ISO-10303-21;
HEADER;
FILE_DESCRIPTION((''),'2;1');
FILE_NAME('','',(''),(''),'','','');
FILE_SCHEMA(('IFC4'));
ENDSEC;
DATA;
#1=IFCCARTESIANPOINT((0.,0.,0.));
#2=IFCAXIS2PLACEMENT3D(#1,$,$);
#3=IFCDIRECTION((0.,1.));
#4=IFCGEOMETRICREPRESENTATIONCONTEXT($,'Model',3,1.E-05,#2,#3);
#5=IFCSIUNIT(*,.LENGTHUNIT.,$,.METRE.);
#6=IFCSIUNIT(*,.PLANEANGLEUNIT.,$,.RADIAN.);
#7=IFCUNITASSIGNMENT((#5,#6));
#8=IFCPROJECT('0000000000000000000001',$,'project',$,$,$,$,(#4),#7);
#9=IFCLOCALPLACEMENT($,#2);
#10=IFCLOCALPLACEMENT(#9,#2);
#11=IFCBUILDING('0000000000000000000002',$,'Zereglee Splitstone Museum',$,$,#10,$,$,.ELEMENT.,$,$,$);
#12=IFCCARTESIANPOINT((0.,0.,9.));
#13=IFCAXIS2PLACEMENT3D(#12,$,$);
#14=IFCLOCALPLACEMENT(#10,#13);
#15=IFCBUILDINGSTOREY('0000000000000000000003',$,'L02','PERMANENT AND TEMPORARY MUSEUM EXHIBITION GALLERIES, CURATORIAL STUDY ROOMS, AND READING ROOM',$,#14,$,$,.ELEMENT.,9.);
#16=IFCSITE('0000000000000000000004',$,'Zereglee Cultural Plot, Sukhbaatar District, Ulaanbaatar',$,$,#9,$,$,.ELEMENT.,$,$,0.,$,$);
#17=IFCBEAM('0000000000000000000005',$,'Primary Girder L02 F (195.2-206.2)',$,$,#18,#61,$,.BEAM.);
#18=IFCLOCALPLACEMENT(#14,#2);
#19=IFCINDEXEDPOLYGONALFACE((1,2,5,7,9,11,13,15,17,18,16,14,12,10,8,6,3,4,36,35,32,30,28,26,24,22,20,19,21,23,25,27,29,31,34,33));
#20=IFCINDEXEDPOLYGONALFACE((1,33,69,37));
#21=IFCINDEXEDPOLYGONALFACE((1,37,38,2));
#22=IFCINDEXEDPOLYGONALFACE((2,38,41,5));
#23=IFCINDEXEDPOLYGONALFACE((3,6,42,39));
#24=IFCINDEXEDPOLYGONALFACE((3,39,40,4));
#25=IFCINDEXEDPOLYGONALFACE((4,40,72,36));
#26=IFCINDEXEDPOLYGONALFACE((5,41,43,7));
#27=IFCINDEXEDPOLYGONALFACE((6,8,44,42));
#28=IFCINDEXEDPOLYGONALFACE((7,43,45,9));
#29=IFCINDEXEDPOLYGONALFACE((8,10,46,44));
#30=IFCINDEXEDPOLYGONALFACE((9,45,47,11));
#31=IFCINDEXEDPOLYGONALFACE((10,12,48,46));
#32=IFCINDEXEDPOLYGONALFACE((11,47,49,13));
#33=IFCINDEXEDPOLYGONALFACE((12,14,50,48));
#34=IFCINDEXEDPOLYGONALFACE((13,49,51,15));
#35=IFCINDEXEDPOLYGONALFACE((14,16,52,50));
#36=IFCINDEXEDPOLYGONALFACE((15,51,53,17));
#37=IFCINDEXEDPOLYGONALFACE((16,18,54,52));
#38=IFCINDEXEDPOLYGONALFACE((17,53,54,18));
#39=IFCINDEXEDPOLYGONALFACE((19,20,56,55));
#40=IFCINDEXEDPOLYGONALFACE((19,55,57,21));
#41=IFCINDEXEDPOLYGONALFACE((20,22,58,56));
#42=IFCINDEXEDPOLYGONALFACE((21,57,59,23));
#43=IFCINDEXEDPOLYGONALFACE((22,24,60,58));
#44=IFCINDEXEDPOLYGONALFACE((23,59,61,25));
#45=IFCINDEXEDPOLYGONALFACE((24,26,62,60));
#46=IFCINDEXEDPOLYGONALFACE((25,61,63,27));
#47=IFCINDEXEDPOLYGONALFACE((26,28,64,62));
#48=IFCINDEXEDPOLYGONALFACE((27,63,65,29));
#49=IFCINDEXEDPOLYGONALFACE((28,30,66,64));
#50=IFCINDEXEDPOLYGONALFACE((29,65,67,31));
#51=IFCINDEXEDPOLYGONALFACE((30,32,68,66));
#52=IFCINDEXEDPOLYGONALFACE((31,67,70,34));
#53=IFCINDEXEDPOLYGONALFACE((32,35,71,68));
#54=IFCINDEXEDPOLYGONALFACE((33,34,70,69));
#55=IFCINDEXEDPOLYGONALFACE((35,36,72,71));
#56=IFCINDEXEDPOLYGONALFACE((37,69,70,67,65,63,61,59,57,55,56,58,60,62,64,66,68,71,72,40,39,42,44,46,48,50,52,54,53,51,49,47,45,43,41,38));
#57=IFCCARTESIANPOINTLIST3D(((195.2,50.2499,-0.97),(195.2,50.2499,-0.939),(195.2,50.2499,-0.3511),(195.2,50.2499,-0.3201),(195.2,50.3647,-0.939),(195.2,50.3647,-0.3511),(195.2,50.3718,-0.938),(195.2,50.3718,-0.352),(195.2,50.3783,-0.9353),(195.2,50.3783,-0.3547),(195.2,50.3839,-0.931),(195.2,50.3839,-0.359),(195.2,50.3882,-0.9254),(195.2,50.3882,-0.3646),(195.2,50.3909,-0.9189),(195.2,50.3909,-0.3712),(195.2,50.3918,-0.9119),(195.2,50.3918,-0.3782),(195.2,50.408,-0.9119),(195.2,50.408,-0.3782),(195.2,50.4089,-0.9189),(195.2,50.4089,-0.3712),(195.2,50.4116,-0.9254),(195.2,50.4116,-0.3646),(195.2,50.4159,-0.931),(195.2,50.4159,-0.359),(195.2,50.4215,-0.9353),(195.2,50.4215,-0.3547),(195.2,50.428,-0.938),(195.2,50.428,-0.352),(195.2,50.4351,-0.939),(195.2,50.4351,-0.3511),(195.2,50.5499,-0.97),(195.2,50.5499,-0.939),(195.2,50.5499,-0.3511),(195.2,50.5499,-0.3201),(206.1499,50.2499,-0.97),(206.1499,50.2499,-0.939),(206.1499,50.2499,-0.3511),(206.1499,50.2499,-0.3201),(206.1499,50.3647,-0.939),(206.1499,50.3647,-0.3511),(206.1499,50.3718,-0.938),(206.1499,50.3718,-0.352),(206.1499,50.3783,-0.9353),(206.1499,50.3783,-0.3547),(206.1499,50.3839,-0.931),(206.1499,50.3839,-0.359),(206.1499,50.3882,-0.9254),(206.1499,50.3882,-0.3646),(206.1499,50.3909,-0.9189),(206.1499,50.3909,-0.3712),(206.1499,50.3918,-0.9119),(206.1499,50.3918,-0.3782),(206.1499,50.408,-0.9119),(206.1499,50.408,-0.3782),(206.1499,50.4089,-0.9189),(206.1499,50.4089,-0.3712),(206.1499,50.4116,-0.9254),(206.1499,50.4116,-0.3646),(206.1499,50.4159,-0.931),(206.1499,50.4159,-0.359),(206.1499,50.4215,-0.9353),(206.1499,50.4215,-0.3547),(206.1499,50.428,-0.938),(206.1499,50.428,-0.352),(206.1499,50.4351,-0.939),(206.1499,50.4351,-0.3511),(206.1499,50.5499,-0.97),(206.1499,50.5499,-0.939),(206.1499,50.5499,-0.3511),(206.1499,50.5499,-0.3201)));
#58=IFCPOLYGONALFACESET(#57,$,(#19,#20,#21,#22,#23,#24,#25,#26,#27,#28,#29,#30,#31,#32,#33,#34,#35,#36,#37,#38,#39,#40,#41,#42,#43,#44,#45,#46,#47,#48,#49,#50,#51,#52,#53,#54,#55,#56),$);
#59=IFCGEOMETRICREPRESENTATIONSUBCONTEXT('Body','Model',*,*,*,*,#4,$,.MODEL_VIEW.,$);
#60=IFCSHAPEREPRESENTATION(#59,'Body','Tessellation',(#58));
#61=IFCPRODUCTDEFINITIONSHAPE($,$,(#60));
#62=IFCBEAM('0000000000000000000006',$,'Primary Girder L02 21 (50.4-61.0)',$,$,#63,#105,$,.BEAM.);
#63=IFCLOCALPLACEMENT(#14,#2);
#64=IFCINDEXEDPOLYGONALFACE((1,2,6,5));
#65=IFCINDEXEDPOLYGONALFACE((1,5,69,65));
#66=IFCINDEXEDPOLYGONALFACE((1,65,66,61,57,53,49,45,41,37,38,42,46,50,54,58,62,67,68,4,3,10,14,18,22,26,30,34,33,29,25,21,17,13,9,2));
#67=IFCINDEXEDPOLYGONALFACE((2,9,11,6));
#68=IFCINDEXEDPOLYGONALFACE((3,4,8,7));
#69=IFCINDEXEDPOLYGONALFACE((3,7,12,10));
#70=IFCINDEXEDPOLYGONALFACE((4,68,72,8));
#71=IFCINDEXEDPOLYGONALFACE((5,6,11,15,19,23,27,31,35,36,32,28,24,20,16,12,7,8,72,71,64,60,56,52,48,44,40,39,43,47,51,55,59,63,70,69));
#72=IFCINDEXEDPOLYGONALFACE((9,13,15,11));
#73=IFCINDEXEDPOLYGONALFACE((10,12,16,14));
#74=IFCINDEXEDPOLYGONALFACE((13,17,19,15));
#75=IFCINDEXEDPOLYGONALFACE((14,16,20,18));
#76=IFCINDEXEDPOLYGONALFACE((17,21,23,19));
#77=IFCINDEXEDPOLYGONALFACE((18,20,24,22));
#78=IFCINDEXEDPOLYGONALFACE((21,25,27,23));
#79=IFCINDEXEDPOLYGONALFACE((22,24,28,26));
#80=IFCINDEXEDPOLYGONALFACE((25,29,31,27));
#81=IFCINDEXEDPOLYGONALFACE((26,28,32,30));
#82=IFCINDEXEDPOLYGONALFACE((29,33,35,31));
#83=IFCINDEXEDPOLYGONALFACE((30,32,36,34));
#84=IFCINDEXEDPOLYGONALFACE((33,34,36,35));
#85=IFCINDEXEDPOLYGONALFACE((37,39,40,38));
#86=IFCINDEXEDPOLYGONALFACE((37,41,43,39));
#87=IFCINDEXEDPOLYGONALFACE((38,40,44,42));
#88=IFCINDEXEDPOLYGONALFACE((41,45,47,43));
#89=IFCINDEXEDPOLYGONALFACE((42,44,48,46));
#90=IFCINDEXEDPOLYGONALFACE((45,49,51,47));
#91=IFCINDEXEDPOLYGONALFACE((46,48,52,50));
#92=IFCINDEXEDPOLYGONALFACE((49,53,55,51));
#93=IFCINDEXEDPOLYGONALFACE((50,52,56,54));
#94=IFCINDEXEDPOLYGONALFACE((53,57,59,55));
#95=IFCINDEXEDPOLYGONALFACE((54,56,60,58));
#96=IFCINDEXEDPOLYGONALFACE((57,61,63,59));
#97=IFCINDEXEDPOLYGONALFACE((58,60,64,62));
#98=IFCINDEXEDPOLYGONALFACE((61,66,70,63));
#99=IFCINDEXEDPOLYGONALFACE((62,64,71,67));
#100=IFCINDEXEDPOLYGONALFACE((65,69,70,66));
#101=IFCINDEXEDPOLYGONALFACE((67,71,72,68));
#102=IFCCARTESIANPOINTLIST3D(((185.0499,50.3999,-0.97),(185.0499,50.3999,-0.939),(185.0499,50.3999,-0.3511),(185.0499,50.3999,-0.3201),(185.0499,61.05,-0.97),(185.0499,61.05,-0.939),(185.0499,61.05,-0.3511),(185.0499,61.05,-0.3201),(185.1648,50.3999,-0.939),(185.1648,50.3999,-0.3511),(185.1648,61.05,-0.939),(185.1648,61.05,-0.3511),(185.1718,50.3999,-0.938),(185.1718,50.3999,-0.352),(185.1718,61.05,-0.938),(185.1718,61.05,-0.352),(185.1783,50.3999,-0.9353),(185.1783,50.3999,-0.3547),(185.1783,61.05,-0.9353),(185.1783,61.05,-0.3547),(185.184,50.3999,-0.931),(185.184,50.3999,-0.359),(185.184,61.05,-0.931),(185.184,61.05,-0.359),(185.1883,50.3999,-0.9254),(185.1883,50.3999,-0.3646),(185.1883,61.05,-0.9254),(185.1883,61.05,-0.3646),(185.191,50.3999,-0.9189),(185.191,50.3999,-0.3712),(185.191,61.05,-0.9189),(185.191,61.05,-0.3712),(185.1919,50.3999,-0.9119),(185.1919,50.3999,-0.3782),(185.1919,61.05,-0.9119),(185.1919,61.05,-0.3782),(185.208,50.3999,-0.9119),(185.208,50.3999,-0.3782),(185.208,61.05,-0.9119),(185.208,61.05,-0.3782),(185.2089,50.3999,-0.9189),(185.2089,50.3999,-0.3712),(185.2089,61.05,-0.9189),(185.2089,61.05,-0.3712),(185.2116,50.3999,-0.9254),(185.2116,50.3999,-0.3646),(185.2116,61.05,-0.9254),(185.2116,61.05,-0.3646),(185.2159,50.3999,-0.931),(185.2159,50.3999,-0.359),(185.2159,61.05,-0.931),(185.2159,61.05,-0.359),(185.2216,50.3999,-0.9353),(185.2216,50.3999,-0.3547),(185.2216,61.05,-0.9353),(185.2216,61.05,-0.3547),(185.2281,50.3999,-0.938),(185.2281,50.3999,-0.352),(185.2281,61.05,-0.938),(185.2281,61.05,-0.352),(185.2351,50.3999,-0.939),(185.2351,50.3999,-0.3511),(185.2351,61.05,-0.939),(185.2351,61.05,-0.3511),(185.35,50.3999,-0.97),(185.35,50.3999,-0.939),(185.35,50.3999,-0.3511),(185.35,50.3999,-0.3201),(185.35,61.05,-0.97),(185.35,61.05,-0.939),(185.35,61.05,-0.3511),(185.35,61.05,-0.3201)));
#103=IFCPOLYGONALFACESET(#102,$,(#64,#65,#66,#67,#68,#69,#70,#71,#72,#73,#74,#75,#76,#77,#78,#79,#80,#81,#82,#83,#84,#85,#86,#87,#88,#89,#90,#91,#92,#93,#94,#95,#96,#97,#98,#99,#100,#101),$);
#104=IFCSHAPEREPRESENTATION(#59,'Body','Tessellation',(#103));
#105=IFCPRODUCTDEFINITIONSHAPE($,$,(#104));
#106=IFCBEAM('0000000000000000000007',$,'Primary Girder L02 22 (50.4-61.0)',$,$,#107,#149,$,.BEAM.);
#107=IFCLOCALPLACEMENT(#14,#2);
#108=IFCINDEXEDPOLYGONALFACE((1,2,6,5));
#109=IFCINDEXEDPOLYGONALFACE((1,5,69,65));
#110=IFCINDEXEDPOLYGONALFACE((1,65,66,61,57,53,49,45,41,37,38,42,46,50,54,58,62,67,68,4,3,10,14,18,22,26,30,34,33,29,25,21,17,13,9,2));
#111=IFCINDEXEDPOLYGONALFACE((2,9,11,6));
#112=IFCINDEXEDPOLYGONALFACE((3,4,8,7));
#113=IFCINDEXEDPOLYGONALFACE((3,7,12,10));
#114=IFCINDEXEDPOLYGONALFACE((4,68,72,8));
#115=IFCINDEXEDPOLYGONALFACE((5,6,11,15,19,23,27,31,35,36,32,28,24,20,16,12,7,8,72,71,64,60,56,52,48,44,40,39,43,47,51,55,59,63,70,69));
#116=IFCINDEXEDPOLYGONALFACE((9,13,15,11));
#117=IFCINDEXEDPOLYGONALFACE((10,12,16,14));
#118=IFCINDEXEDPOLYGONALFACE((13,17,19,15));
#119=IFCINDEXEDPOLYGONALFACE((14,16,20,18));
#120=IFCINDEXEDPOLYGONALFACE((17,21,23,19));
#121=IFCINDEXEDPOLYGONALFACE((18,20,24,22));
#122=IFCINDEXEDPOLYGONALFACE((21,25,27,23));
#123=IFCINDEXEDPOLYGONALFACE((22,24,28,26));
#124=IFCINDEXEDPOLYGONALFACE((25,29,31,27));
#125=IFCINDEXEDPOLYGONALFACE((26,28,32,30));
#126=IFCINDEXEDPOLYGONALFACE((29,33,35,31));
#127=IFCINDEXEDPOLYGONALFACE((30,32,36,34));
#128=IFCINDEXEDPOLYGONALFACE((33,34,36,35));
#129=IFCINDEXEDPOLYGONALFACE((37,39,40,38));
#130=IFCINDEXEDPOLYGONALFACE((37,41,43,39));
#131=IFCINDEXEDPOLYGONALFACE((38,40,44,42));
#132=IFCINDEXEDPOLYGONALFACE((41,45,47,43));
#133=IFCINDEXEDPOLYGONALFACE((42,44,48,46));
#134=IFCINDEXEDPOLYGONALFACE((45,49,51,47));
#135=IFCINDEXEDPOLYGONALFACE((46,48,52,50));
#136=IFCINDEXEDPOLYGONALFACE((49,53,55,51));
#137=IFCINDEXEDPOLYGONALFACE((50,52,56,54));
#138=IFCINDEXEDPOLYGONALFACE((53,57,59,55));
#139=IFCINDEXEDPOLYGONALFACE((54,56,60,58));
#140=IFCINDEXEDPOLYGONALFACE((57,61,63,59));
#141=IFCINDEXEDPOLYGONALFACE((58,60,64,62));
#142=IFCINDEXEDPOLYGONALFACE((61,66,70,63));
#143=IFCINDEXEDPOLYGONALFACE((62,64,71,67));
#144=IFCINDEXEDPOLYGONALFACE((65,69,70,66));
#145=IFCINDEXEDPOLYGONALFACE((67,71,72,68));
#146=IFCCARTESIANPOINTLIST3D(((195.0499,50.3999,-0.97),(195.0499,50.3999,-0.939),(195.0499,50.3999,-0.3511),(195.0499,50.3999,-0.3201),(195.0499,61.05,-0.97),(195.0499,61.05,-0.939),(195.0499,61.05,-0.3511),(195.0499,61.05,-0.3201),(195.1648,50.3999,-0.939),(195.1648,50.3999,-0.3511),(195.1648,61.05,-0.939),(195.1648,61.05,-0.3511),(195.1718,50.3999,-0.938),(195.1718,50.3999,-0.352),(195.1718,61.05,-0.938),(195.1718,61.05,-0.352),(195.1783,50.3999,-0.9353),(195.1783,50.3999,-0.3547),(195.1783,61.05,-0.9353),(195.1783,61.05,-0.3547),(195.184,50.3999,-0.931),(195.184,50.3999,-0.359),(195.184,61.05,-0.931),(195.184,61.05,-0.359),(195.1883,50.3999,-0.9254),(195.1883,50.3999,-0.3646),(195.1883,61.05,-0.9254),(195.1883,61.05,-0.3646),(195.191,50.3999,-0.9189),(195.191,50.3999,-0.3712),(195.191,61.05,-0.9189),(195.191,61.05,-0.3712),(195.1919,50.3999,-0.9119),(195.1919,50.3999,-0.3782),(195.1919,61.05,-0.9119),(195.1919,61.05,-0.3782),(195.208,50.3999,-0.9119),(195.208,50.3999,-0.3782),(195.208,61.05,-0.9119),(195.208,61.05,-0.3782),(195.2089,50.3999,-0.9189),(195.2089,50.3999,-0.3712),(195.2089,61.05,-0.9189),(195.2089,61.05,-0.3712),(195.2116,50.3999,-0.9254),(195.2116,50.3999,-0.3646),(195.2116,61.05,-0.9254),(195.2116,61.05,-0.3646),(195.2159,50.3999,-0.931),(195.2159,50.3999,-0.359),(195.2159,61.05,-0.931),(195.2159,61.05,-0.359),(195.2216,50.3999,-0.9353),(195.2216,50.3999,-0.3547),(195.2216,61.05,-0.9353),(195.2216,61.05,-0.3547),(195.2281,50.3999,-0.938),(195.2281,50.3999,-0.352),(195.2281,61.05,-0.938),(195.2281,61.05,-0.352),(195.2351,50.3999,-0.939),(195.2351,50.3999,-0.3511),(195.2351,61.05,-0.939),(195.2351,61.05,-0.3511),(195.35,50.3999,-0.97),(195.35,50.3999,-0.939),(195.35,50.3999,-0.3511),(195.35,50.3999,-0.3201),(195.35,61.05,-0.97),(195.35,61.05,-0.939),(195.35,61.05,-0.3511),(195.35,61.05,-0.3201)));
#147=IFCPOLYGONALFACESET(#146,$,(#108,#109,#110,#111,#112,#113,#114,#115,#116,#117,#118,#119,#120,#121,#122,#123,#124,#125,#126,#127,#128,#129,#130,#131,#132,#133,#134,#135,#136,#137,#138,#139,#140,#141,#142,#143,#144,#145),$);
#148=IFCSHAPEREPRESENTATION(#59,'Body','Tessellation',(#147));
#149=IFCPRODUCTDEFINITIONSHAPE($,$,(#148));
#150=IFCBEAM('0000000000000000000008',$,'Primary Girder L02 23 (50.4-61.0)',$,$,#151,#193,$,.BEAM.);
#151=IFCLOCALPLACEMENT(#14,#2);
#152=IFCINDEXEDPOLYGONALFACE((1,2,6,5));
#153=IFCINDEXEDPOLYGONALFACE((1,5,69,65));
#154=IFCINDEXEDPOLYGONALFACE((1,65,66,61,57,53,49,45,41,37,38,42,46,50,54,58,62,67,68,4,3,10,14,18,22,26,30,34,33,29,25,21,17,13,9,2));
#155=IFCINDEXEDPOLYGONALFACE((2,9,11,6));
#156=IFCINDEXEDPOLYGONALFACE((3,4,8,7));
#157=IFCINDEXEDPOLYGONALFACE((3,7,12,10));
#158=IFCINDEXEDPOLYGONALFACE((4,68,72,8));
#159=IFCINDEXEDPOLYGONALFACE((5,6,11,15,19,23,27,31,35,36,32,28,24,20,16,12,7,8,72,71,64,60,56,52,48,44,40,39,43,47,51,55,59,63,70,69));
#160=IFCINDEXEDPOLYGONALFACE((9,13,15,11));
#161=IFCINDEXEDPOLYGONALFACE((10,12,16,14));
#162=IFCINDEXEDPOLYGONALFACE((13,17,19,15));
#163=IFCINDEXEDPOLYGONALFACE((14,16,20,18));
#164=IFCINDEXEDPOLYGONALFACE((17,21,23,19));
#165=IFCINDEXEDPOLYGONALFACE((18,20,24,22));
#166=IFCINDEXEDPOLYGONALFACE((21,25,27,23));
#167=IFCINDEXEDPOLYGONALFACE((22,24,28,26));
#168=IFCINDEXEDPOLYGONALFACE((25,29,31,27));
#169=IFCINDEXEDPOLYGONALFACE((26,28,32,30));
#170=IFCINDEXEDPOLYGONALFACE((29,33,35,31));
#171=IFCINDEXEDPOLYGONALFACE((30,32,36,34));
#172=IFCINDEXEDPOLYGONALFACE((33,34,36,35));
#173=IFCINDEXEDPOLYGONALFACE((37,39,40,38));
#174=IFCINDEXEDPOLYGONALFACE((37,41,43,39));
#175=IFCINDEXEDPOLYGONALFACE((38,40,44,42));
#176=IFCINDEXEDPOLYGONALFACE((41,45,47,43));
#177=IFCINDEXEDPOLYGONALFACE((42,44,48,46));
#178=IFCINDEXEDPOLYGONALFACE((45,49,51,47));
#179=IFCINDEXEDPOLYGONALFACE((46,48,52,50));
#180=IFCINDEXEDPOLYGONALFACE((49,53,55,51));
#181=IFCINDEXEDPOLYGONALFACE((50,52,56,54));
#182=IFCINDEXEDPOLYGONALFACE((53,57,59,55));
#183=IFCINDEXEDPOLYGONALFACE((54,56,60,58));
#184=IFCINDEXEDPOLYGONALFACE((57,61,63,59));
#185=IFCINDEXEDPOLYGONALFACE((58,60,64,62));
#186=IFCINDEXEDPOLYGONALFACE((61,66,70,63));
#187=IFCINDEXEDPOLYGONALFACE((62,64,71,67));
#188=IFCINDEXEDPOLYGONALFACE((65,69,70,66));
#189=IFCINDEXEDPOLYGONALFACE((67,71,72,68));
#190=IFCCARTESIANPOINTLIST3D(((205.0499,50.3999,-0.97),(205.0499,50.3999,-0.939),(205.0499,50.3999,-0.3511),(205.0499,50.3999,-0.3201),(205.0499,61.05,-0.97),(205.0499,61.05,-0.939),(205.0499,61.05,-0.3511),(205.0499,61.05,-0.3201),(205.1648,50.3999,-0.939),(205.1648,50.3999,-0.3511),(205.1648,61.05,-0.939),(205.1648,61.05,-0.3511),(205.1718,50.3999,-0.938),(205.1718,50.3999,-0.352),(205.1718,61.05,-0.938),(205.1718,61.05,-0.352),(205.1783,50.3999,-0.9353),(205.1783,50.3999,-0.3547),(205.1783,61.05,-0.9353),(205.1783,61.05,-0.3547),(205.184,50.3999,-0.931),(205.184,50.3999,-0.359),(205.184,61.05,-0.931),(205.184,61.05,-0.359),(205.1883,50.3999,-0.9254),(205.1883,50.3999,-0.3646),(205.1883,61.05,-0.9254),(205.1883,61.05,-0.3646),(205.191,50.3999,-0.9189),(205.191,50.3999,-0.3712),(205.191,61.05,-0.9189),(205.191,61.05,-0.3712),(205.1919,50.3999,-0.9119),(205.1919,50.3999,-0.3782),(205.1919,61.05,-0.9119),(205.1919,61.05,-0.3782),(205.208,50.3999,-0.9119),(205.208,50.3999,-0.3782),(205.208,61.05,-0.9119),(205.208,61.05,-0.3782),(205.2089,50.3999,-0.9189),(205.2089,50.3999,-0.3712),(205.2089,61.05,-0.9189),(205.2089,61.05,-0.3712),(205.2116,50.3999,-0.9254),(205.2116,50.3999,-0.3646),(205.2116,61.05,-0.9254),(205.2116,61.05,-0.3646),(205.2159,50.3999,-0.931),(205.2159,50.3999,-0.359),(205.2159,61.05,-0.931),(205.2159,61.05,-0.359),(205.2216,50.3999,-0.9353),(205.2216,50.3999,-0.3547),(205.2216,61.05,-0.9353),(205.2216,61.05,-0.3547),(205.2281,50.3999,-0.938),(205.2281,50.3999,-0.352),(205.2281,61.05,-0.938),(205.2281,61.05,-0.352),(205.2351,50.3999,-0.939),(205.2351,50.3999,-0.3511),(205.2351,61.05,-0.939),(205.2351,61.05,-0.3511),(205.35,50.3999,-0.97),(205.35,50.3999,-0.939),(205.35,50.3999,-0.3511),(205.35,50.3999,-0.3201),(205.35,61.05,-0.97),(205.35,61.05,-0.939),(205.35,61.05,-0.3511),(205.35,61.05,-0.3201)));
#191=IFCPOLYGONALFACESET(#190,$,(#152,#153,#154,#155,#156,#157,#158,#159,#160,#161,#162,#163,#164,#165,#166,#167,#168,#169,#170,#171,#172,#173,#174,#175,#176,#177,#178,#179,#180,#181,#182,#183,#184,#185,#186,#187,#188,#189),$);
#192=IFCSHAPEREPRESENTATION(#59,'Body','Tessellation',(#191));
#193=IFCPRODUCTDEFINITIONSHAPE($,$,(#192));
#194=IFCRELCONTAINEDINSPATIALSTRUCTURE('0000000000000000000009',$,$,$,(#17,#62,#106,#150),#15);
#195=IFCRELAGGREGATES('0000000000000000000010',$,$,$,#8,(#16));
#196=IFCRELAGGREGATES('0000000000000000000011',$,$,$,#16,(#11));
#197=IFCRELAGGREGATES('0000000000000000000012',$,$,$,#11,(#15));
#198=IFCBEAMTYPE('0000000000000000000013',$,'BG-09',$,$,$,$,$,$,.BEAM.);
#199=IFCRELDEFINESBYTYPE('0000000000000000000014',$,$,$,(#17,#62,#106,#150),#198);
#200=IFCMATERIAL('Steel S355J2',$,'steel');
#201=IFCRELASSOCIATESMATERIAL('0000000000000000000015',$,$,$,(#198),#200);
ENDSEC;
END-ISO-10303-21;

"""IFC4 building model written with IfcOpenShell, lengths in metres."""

from ifc_helpers import new_model, si_unit, direction, frame, origin, origin_2d, place, context, subcontext, project, spatial, i_section, extrude, material, material_profile, profile_set, type_object, element, save


model = new_model("IFC4")

# Units and contexts
model_context = context("Model", 3, precision=1e-05, world=origin(), true_north=direction((0.0, 1.0)))
body_context = subcontext(model_context, "Body", "Model", "MODEL_VIEW")
ifc_project = project(units=[si_unit("LENGTHUNIT", "METRE"), si_unit("PLANEANGLEUNIT", "RADIAN")], contexts=[model_context])

# Site, building, storey
site_placement = place(None, origin())
site = spatial("IfcSite", under=ifc_project, at=site_placement, Name="Zereglee Cultural Plot, Sukhbaatar District, Ulaanbaatar", CompositionType="ELEMENT", RefElevation=0.0)
building_placement = place(site_placement, origin())
building = spatial("IfcBuilding", under=site, at=building_placement, Name="Zereglee Splitstone Museum", CompositionType="ELEMENT")
storey_placement = place(building_placement, frame((0.0, 0.0, 9.0)))
storey = spatial("IfcBuildingStorey", under=building, at=storey_placement, Name="L02", Description="PERMANENT AND TEMPORARY MUSEUM EXHIBITION GALLERIES, CURATORIAL STUDY ROOMS, AND READING ROOM", CompositionType="ELEMENT", Elevation=9.0)

# Shared definitions
ifc_material_1 = material(Name="Steel S355J2", Category="steel")

# Beams
ifc_material_profile_1 = material_profile(ifc_material_1, i_section(OverallWidth=0.3, OverallDepth=0.6499, WebThickness=0.0161, FlangeThickness=0.031, FilletRadius=0.0271, at=origin_2d()), Name="HE 650 B")
ifc_profile_set_1 = profile_set([ifc_material_profile_1], Name="Steel S355J2")
beam_type_1 = type_object("IfcBeamType", Name="BG-09", PredefinedType="BEAM", material=ifc_profile_set_1)
beam_1_placement = place(storey_placement, frame((195.2, 50.3999, -0.645), z_axis=(1.0, 0.0, 0.0), x_axis=(0.0, 1.0, 0.0)))
element("IfcBeam", 1, at=beam_1_placement, inside=storey, type_object=beam_type_1, Name="Primary Girder L02 F (195.2-206.2)", PredefinedType="BEAM", context=body_context, shape_type="SweptSolid", body=[
    extrude(i_section(OverallWidth=0.3, OverallDepth=0.6499, WebThickness=0.0161, FlangeThickness=0.031, FilletRadius=0.0271, at=origin_2d()), origin(), (0.0, 0.0, 1.0), 10.95),
])
for number, where, z_axis, x_axis, name in (
    (2, (185.2, 50.3999, -0.645), (0.0, 1.0, 0.0), (-1.0, 0.0, 0.0), "Primary Girder L02 21 (50.4-61.0)"),
    (3, (195.2, 50.3999, -0.645), (0.0, 1.0, 0.0), (-1.0, 0.0, 0.0), "Primary Girder L02 22 (50.4-61.0)"),
    (4, (205.2, 50.3999, -0.645), (0.0, 1.0, 0.0), (-1.0, 0.0, 0.0), "Primary Girder L02 23 (50.4-61.0)"),
):
    element("IfcBeam", number, at=place(storey_placement, frame(where, z_axis=z_axis, x_axis=x_axis)), inside=storey, type_object=beam_type_1, Name=name, PredefinedType="BEAM", context=body_context, shape_type="SweptSolid", body=[
        extrude(i_section(OverallWidth=0.3, OverallDepth=0.6499, WebThickness=0.0161, FlangeThickness=0.031, FilletRadius=0.0271, at=origin_2d()), origin(), (0.0, 0.0, 1.0), 10.6501),
    ])

save(model, "model.ifc")
